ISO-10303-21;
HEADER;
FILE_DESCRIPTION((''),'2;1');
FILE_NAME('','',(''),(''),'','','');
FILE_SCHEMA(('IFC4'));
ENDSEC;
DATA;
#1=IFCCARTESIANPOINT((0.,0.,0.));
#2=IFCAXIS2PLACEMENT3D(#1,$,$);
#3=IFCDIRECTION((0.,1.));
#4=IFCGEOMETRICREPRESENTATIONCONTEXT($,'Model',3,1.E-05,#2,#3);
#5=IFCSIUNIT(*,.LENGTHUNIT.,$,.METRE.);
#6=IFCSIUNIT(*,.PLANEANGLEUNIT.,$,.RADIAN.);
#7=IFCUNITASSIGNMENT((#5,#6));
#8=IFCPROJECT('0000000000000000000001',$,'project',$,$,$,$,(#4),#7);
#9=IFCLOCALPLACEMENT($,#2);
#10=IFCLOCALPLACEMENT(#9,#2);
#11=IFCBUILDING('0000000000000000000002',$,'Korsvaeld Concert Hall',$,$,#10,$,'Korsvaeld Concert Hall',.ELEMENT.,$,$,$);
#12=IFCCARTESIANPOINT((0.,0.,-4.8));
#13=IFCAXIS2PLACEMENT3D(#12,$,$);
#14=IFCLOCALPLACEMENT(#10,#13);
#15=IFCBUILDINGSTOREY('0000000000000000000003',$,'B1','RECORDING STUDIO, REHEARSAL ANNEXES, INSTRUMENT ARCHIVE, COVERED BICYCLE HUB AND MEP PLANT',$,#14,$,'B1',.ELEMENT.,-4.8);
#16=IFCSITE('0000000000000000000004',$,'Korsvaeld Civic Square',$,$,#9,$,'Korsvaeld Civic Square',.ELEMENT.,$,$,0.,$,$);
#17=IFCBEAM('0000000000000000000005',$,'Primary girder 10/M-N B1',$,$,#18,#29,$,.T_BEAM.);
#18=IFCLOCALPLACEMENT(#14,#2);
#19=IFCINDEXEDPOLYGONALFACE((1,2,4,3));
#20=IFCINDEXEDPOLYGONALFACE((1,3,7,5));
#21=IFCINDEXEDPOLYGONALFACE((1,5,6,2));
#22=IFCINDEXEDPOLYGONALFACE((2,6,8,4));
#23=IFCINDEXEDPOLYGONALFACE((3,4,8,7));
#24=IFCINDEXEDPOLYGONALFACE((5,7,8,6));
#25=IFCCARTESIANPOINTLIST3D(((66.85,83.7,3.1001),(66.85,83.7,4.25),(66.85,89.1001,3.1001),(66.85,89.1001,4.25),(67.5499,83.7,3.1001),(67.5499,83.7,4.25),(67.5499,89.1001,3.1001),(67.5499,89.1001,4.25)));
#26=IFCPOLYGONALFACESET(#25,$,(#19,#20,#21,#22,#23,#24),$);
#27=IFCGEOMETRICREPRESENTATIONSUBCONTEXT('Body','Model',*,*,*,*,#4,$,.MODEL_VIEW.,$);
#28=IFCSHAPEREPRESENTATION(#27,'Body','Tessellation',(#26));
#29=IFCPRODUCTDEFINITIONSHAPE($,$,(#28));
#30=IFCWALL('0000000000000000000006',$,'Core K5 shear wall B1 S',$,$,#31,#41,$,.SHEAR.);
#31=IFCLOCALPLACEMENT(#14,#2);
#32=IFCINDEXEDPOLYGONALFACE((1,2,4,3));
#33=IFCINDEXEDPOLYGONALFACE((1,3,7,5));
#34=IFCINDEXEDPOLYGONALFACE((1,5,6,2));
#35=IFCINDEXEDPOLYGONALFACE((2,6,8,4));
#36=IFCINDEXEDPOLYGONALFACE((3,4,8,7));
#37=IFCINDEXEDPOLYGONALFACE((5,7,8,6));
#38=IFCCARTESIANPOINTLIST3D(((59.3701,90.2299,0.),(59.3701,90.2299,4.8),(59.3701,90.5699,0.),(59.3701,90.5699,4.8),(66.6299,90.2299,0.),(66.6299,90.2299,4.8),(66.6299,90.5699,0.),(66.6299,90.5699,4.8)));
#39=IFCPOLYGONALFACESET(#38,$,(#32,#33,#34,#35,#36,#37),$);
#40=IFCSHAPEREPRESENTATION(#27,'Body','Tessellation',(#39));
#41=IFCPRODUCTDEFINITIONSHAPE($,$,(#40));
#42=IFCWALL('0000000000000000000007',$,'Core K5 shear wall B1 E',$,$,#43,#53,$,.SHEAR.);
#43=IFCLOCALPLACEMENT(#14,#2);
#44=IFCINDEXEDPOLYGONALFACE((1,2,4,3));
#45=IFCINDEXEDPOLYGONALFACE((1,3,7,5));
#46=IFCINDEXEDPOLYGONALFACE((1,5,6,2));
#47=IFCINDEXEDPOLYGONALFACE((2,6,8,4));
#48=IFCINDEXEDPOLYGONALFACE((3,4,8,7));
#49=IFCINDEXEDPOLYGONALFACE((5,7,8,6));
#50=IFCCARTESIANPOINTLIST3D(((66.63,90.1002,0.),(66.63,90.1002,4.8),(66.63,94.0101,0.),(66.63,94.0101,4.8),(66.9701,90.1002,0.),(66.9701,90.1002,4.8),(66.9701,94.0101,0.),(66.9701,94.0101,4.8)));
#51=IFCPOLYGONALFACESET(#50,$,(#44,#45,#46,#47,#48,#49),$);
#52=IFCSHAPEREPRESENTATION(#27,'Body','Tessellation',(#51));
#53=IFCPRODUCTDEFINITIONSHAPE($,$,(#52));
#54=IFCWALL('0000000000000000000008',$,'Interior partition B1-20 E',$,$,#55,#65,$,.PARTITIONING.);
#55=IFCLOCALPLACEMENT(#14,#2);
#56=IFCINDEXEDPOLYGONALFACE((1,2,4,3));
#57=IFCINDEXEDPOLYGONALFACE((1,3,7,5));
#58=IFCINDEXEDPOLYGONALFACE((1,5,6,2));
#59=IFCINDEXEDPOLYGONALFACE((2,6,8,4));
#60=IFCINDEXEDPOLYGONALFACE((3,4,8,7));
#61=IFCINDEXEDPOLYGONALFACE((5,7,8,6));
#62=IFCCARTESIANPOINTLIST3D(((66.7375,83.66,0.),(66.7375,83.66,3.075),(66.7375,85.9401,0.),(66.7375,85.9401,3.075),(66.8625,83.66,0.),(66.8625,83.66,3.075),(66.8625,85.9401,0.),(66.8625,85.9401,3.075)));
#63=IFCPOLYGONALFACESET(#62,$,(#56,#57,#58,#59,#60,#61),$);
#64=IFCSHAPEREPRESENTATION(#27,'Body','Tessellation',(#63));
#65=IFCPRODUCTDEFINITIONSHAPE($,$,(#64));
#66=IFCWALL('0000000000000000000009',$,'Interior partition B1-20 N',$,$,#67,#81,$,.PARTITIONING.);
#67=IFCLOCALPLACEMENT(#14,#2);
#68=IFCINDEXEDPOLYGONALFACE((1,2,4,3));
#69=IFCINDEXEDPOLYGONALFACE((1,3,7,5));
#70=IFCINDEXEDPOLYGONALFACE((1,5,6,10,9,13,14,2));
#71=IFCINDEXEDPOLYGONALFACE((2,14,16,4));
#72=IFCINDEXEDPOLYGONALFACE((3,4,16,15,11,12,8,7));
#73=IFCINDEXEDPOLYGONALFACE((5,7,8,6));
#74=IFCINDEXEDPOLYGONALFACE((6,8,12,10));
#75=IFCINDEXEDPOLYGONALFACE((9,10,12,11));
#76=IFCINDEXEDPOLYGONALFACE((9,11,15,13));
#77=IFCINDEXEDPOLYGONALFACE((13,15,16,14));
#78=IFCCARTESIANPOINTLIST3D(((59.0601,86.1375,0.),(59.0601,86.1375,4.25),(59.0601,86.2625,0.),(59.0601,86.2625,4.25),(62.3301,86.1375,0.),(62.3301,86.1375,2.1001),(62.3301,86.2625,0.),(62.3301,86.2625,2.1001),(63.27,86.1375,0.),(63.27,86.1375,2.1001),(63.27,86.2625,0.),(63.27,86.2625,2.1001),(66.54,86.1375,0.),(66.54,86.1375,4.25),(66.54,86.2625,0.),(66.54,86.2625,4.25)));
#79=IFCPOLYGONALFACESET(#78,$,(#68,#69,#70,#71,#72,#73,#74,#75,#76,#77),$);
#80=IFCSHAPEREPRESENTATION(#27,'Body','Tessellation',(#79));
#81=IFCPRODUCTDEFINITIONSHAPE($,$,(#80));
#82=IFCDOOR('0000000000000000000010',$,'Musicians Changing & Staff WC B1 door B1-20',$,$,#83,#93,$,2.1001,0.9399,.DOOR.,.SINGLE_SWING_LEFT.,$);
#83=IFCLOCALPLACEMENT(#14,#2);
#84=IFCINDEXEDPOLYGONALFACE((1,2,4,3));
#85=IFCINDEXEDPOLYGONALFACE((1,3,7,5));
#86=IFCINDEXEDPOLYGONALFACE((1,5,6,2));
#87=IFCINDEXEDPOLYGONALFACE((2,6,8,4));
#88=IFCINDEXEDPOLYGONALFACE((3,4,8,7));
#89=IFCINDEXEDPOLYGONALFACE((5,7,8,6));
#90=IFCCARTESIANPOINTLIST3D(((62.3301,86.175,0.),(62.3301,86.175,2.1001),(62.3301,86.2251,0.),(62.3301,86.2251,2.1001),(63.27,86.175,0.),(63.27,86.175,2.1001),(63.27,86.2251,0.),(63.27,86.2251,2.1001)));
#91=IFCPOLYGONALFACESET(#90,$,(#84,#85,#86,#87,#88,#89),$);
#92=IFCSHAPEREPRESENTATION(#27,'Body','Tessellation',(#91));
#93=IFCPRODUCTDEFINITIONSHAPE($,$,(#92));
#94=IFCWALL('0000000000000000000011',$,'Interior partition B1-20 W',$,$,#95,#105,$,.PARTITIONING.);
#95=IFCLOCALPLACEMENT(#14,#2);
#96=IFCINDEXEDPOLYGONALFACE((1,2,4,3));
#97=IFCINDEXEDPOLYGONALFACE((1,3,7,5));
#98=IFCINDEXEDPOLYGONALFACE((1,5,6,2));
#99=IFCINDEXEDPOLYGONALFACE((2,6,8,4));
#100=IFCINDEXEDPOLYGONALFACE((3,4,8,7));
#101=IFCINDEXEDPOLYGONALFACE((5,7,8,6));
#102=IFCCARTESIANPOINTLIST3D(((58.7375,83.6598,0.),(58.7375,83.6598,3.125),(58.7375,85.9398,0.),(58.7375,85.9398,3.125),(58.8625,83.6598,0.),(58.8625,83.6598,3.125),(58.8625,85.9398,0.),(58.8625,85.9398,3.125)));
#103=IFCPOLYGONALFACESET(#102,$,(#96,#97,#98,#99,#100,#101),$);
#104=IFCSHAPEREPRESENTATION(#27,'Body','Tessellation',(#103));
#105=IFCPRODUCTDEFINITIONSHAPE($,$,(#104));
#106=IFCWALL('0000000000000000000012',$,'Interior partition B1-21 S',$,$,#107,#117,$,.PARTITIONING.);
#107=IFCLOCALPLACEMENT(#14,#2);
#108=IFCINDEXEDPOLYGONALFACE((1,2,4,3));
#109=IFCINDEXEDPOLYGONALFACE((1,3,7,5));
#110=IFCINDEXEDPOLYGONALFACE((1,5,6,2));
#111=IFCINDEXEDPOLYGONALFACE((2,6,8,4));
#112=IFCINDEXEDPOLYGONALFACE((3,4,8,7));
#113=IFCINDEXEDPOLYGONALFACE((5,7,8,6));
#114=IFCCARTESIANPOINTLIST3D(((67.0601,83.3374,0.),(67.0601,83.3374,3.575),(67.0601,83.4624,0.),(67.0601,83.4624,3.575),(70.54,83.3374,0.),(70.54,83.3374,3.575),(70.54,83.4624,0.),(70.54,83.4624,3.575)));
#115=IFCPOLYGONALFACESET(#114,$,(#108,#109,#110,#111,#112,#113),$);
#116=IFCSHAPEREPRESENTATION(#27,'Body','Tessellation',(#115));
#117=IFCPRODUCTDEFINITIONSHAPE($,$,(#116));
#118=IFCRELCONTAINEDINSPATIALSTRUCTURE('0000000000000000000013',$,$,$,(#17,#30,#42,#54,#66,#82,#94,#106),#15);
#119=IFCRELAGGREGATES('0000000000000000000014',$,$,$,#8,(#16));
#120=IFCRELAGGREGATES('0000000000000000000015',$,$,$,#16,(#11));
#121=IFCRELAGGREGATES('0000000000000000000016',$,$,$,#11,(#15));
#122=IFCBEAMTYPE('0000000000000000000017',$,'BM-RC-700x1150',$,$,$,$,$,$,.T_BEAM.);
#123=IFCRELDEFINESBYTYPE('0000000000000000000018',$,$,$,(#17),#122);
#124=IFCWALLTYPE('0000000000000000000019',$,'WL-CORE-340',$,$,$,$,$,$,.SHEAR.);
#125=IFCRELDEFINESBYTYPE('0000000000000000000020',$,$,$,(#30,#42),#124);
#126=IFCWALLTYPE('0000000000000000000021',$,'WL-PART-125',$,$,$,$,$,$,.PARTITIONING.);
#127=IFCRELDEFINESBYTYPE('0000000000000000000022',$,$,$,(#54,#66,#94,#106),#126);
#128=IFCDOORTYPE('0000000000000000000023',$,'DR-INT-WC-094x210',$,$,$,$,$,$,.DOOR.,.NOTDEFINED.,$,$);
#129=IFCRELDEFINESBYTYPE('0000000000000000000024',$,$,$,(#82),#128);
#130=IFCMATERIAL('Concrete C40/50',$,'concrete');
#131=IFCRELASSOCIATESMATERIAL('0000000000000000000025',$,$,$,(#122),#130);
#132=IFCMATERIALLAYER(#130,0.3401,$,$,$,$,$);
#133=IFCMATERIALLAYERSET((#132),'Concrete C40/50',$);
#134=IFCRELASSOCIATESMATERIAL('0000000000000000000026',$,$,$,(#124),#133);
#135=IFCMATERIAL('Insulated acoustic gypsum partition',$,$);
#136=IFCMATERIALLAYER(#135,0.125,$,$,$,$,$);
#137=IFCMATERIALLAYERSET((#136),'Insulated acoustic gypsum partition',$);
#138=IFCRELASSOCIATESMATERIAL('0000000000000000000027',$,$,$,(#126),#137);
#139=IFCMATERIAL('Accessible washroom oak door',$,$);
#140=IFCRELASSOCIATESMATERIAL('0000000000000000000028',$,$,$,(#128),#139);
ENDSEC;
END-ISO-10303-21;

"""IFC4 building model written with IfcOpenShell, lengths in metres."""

from ifc_helpers import new_model, si_unit, direction, frame, frame_2d, origin, origin_2d, place, context, subcontext, project, spatial, rectangle, extrude, material, layer, layer_set, material_profile, profile_set, type_object, element, fill, save


model = new_model("IFC4")

# Units and contexts
model_context = context("Model", 3, precision=1e-05, world=origin(), true_north=direction((0.0, 1.0)))
body_context = subcontext(model_context, "Body", "Model", "MODEL_VIEW")
ifc_project = project(units=[si_unit("LENGTHUNIT", "METRE"), si_unit("PLANEANGLEUNIT", "RADIAN")], contexts=[model_context])

# Site, building, storey
site_placement = place(None, origin())
site = spatial("IfcSite", under=ifc_project, at=site_placement, Name="Korsvaeld Civic Square", LongName="Korsvaeld Civic Square", CompositionType="ELEMENT", RefElevation=0.0)
building_placement = place(site_placement, origin())
building = spatial("IfcBuilding", under=site, at=building_placement, Name="Korsvaeld Concert Hall", LongName="Korsvaeld Concert Hall", CompositionType="ELEMENT")
storey_placement = place(building_placement, frame((0.0, 0.0, -4.8)))
storey = spatial("IfcBuildingStorey", under=building, at=storey_placement, Name="B1", Description="RECORDING STUDIO, REHEARSAL ANNEXES, INSTRUMENT ARCHIVE, COVERED BICYCLE HUB AND MEP PLANT", LongName="B1", CompositionType="ELEMENT", Elevation=-4.8)

# Shared definitions
ifc_material_1 = material(Name="Concrete C40/50", Category="concrete")

# Beam
ifc_material_profile_1 = material_profile(ifc_material_1, rectangle(XDim=0.7, YDim=1.1499, at=origin_2d()), Name="RC 700x1150")
ifc_profile_set_1 = profile_set([ifc_material_profile_1], Name="Concrete C40/50")
beam_type_1 = type_object("IfcBeamType", Name="BM-RC-700x1150", PredefinedType="T_BEAM", material=ifc_profile_set_1)
beam_1_placement = place(storey_placement, frame((67.2, 83.7, 3.675), z_axis=(0.0, 1.0, 0.0), x_axis=(-1.0, 0.0, 0.0)))
element("IfcBeam", 1, at=beam_1_placement, inside=storey, type_object=beam_type_1, Name="Primary girder 10/M-N B1", PredefinedType="T_BEAM", context=body_context, shape_type="SweptSolid", body=[
    extrude(rectangle(XDim=0.7, YDim=1.1499, at=origin_2d()), origin(), (0.0, 0.0, 1.0), 5.4001),
])

# Walls
ifc_layer_1 = layer(ifc_material_1, 0.3401)
ifc_layer_set_1 = layer_set([ifc_layer_1], Name="Concrete C40/50")
wall_type_1 = type_object("IfcWallType", Name="WL-CORE-340", PredefinedType="SHEAR", material=ifc_layer_set_1)
wall_1_placement = place(storey_placement, frame((59.3701, 90.3999, 0.0), z_axis=(0.0, 0.0, 1.0), x_axis=(1.0, 0.0, 0.0)))
element("IfcWall", 2, at=wall_1_placement, inside=storey, type_object=wall_type_1, Name="Core K5 shear wall B1 S", PredefinedType="SHEAR", context=body_context, shape_type="SweptSolid", body=[
    extrude(rectangle(XDim=7.2598, YDim=0.3401, at=frame_2d((3.6299, 0.0))), origin(), (0.0, 0.0, 1.0), 4.8),
])
wall_2_placement = place(storey_placement, frame((66.8, 90.1001, 0.0), z_axis=(0.0, 0.0, 1.0), x_axis=(0.0, 1.0, 0.0)))
element("IfcWall", 3, at=wall_2_placement, inside=storey, type_object=wall_type_1, Name="Core K5 shear wall B1 E", PredefinedType="SHEAR", context=body_context, shape_type="SweptSolid", body=[
    extrude(rectangle(XDim=3.9099, YDim=0.3401, at=frame_2d((1.9551, 0.0))), origin(), (0.0, 0.0, 1.0), 4.8),
])
ifc_material_2 = material(Name="Insulated acoustic gypsum partition")
ifc_layer_2 = layer(ifc_material_2, 0.125)
ifc_layer_set_2 = layer_set([ifc_layer_2], Name="Insulated acoustic gypsum partition")
wall_type_2 = type_object("IfcWallType", Name="WL-PART-125", PredefinedType="PARTITIONING", material=ifc_layer_set_2)
wall_3_placement = place(storey_placement, frame((66.8, 83.6599, 0.0), z_axis=(0.0, 0.0, 1.0), x_axis=(0.0, 1.0, 0.0)))
element("IfcWall", 4, at=wall_3_placement, inside=storey, type_object=wall_type_2, Name="Interior partition B1-20 E", PredefinedType="PARTITIONING", context=body_context, shape_type="SweptSolid", body=[
    extrude(rectangle(XDim=2.28, YDim=0.125, at=frame_2d((1.1401, 0.0))), origin(), (0.0, 0.0, 1.0), 3.075),
])

# Wall, opening, door
wall_4_placement = place(storey_placement, frame((66.54, 86.2, 0.0), z_axis=(0.0, 0.0, 1.0), x_axis=(-1.0, 0.0, 0.0)))
wall_4 = element("IfcWall", 5, at=wall_4_placement, inside=storey, type_object=wall_type_2, Name="Interior partition B1-20 N", PredefinedType="PARTITIONING", context=body_context, shape_type="SweptSolid", body=[
    extrude(rectangle(XDim=7.48, YDim=0.125, at=frame_2d((3.74, 0.0))), origin(), (0.0, 0.0, 1.0), 4.25),
])
opening_placement = place(wall_4_placement, frame((3.27, 0.0, 0.0)))
opening = element("IfcOpeningElement", 6, at=opening_placement, cuts=wall_4, PredefinedType="OPENING", context=body_context, shape_type="SweptSolid", body=[
    extrude(rectangle(XDim=0.9399, YDim=2.1001, at=frame_2d((0.47, 1.05))), frame((0.0, 0.0725, 0.0), z_axis=(0.0, -1.0, 0.0), x_axis=(1.0, 0.0, 0.0)), (0.0, 0.0, 1.0), 0.145),
])
ifc_material_3 = material(Name="Accessible washroom oak door")
door_type = type_object("IfcDoorType", Name="DR-INT-WC-094x210", OperationType="NOTDEFINED", PredefinedType="DOOR", material=ifc_material_3)
door_placement = place(opening_placement, origin())
door = element("IfcDoor", 7, at=door_placement, inside=storey, type_object=door_type, Name="Musicians Changing & Staff WC B1 door B1-20", OperationType="SINGLE_SWING_LEFT", OverallHeight=2.1001, OverallWidth=0.9399, PredefinedType="DOOR", context=body_context, shape_type="SweptSolid", body=[
    extrude(rectangle(XDim=0.9399, YDim=2.1001, at=frame_2d((0.47, 1.05))), frame((0.0, 0.0249, 0.0), z_axis=(0.0, -1.0, 0.0), x_axis=(1.0, 0.0, 0.0)), (0.0, 0.0, 1.0), 0.05),
])
fill(opening, door)

# Walls
wall_5_placement = place(storey_placement, frame((58.8, 85.9399, 0.0), z_axis=(0.0, 0.0, 1.0), x_axis=(0.0, -1.0, 0.0)))
element("IfcWall", 8, at=wall_5_placement, inside=storey, type_object=wall_type_2, Name="Interior partition B1-20 W", PredefinedType="PARTITIONING", context=body_context, shape_type="SweptSolid", body=[
    extrude(rectangle(XDim=2.28, YDim=0.125, at=frame_2d((1.1401, 0.0))), origin(), (0.0, 0.0, 1.0), 3.125),
])
wall_6_placement = place(storey_placement, frame((67.0601, 83.3999, 0.0), z_axis=(0.0, 0.0, 1.0), x_axis=(1.0, 0.0, 0.0)))
element("IfcWall", 9, at=wall_6_placement, inside=storey, type_object=wall_type_2, Name="Interior partition B1-21 S", PredefinedType="PARTITIONING", context=body_context, shape_type="SweptSolid", body=[
    extrude(rectangle(XDim=3.48, YDim=0.125, at=frame_2d((1.74, 0.0))), origin(), (0.0, 0.0, 1.0), 3.575),
])

save(model, "model.ifc")
